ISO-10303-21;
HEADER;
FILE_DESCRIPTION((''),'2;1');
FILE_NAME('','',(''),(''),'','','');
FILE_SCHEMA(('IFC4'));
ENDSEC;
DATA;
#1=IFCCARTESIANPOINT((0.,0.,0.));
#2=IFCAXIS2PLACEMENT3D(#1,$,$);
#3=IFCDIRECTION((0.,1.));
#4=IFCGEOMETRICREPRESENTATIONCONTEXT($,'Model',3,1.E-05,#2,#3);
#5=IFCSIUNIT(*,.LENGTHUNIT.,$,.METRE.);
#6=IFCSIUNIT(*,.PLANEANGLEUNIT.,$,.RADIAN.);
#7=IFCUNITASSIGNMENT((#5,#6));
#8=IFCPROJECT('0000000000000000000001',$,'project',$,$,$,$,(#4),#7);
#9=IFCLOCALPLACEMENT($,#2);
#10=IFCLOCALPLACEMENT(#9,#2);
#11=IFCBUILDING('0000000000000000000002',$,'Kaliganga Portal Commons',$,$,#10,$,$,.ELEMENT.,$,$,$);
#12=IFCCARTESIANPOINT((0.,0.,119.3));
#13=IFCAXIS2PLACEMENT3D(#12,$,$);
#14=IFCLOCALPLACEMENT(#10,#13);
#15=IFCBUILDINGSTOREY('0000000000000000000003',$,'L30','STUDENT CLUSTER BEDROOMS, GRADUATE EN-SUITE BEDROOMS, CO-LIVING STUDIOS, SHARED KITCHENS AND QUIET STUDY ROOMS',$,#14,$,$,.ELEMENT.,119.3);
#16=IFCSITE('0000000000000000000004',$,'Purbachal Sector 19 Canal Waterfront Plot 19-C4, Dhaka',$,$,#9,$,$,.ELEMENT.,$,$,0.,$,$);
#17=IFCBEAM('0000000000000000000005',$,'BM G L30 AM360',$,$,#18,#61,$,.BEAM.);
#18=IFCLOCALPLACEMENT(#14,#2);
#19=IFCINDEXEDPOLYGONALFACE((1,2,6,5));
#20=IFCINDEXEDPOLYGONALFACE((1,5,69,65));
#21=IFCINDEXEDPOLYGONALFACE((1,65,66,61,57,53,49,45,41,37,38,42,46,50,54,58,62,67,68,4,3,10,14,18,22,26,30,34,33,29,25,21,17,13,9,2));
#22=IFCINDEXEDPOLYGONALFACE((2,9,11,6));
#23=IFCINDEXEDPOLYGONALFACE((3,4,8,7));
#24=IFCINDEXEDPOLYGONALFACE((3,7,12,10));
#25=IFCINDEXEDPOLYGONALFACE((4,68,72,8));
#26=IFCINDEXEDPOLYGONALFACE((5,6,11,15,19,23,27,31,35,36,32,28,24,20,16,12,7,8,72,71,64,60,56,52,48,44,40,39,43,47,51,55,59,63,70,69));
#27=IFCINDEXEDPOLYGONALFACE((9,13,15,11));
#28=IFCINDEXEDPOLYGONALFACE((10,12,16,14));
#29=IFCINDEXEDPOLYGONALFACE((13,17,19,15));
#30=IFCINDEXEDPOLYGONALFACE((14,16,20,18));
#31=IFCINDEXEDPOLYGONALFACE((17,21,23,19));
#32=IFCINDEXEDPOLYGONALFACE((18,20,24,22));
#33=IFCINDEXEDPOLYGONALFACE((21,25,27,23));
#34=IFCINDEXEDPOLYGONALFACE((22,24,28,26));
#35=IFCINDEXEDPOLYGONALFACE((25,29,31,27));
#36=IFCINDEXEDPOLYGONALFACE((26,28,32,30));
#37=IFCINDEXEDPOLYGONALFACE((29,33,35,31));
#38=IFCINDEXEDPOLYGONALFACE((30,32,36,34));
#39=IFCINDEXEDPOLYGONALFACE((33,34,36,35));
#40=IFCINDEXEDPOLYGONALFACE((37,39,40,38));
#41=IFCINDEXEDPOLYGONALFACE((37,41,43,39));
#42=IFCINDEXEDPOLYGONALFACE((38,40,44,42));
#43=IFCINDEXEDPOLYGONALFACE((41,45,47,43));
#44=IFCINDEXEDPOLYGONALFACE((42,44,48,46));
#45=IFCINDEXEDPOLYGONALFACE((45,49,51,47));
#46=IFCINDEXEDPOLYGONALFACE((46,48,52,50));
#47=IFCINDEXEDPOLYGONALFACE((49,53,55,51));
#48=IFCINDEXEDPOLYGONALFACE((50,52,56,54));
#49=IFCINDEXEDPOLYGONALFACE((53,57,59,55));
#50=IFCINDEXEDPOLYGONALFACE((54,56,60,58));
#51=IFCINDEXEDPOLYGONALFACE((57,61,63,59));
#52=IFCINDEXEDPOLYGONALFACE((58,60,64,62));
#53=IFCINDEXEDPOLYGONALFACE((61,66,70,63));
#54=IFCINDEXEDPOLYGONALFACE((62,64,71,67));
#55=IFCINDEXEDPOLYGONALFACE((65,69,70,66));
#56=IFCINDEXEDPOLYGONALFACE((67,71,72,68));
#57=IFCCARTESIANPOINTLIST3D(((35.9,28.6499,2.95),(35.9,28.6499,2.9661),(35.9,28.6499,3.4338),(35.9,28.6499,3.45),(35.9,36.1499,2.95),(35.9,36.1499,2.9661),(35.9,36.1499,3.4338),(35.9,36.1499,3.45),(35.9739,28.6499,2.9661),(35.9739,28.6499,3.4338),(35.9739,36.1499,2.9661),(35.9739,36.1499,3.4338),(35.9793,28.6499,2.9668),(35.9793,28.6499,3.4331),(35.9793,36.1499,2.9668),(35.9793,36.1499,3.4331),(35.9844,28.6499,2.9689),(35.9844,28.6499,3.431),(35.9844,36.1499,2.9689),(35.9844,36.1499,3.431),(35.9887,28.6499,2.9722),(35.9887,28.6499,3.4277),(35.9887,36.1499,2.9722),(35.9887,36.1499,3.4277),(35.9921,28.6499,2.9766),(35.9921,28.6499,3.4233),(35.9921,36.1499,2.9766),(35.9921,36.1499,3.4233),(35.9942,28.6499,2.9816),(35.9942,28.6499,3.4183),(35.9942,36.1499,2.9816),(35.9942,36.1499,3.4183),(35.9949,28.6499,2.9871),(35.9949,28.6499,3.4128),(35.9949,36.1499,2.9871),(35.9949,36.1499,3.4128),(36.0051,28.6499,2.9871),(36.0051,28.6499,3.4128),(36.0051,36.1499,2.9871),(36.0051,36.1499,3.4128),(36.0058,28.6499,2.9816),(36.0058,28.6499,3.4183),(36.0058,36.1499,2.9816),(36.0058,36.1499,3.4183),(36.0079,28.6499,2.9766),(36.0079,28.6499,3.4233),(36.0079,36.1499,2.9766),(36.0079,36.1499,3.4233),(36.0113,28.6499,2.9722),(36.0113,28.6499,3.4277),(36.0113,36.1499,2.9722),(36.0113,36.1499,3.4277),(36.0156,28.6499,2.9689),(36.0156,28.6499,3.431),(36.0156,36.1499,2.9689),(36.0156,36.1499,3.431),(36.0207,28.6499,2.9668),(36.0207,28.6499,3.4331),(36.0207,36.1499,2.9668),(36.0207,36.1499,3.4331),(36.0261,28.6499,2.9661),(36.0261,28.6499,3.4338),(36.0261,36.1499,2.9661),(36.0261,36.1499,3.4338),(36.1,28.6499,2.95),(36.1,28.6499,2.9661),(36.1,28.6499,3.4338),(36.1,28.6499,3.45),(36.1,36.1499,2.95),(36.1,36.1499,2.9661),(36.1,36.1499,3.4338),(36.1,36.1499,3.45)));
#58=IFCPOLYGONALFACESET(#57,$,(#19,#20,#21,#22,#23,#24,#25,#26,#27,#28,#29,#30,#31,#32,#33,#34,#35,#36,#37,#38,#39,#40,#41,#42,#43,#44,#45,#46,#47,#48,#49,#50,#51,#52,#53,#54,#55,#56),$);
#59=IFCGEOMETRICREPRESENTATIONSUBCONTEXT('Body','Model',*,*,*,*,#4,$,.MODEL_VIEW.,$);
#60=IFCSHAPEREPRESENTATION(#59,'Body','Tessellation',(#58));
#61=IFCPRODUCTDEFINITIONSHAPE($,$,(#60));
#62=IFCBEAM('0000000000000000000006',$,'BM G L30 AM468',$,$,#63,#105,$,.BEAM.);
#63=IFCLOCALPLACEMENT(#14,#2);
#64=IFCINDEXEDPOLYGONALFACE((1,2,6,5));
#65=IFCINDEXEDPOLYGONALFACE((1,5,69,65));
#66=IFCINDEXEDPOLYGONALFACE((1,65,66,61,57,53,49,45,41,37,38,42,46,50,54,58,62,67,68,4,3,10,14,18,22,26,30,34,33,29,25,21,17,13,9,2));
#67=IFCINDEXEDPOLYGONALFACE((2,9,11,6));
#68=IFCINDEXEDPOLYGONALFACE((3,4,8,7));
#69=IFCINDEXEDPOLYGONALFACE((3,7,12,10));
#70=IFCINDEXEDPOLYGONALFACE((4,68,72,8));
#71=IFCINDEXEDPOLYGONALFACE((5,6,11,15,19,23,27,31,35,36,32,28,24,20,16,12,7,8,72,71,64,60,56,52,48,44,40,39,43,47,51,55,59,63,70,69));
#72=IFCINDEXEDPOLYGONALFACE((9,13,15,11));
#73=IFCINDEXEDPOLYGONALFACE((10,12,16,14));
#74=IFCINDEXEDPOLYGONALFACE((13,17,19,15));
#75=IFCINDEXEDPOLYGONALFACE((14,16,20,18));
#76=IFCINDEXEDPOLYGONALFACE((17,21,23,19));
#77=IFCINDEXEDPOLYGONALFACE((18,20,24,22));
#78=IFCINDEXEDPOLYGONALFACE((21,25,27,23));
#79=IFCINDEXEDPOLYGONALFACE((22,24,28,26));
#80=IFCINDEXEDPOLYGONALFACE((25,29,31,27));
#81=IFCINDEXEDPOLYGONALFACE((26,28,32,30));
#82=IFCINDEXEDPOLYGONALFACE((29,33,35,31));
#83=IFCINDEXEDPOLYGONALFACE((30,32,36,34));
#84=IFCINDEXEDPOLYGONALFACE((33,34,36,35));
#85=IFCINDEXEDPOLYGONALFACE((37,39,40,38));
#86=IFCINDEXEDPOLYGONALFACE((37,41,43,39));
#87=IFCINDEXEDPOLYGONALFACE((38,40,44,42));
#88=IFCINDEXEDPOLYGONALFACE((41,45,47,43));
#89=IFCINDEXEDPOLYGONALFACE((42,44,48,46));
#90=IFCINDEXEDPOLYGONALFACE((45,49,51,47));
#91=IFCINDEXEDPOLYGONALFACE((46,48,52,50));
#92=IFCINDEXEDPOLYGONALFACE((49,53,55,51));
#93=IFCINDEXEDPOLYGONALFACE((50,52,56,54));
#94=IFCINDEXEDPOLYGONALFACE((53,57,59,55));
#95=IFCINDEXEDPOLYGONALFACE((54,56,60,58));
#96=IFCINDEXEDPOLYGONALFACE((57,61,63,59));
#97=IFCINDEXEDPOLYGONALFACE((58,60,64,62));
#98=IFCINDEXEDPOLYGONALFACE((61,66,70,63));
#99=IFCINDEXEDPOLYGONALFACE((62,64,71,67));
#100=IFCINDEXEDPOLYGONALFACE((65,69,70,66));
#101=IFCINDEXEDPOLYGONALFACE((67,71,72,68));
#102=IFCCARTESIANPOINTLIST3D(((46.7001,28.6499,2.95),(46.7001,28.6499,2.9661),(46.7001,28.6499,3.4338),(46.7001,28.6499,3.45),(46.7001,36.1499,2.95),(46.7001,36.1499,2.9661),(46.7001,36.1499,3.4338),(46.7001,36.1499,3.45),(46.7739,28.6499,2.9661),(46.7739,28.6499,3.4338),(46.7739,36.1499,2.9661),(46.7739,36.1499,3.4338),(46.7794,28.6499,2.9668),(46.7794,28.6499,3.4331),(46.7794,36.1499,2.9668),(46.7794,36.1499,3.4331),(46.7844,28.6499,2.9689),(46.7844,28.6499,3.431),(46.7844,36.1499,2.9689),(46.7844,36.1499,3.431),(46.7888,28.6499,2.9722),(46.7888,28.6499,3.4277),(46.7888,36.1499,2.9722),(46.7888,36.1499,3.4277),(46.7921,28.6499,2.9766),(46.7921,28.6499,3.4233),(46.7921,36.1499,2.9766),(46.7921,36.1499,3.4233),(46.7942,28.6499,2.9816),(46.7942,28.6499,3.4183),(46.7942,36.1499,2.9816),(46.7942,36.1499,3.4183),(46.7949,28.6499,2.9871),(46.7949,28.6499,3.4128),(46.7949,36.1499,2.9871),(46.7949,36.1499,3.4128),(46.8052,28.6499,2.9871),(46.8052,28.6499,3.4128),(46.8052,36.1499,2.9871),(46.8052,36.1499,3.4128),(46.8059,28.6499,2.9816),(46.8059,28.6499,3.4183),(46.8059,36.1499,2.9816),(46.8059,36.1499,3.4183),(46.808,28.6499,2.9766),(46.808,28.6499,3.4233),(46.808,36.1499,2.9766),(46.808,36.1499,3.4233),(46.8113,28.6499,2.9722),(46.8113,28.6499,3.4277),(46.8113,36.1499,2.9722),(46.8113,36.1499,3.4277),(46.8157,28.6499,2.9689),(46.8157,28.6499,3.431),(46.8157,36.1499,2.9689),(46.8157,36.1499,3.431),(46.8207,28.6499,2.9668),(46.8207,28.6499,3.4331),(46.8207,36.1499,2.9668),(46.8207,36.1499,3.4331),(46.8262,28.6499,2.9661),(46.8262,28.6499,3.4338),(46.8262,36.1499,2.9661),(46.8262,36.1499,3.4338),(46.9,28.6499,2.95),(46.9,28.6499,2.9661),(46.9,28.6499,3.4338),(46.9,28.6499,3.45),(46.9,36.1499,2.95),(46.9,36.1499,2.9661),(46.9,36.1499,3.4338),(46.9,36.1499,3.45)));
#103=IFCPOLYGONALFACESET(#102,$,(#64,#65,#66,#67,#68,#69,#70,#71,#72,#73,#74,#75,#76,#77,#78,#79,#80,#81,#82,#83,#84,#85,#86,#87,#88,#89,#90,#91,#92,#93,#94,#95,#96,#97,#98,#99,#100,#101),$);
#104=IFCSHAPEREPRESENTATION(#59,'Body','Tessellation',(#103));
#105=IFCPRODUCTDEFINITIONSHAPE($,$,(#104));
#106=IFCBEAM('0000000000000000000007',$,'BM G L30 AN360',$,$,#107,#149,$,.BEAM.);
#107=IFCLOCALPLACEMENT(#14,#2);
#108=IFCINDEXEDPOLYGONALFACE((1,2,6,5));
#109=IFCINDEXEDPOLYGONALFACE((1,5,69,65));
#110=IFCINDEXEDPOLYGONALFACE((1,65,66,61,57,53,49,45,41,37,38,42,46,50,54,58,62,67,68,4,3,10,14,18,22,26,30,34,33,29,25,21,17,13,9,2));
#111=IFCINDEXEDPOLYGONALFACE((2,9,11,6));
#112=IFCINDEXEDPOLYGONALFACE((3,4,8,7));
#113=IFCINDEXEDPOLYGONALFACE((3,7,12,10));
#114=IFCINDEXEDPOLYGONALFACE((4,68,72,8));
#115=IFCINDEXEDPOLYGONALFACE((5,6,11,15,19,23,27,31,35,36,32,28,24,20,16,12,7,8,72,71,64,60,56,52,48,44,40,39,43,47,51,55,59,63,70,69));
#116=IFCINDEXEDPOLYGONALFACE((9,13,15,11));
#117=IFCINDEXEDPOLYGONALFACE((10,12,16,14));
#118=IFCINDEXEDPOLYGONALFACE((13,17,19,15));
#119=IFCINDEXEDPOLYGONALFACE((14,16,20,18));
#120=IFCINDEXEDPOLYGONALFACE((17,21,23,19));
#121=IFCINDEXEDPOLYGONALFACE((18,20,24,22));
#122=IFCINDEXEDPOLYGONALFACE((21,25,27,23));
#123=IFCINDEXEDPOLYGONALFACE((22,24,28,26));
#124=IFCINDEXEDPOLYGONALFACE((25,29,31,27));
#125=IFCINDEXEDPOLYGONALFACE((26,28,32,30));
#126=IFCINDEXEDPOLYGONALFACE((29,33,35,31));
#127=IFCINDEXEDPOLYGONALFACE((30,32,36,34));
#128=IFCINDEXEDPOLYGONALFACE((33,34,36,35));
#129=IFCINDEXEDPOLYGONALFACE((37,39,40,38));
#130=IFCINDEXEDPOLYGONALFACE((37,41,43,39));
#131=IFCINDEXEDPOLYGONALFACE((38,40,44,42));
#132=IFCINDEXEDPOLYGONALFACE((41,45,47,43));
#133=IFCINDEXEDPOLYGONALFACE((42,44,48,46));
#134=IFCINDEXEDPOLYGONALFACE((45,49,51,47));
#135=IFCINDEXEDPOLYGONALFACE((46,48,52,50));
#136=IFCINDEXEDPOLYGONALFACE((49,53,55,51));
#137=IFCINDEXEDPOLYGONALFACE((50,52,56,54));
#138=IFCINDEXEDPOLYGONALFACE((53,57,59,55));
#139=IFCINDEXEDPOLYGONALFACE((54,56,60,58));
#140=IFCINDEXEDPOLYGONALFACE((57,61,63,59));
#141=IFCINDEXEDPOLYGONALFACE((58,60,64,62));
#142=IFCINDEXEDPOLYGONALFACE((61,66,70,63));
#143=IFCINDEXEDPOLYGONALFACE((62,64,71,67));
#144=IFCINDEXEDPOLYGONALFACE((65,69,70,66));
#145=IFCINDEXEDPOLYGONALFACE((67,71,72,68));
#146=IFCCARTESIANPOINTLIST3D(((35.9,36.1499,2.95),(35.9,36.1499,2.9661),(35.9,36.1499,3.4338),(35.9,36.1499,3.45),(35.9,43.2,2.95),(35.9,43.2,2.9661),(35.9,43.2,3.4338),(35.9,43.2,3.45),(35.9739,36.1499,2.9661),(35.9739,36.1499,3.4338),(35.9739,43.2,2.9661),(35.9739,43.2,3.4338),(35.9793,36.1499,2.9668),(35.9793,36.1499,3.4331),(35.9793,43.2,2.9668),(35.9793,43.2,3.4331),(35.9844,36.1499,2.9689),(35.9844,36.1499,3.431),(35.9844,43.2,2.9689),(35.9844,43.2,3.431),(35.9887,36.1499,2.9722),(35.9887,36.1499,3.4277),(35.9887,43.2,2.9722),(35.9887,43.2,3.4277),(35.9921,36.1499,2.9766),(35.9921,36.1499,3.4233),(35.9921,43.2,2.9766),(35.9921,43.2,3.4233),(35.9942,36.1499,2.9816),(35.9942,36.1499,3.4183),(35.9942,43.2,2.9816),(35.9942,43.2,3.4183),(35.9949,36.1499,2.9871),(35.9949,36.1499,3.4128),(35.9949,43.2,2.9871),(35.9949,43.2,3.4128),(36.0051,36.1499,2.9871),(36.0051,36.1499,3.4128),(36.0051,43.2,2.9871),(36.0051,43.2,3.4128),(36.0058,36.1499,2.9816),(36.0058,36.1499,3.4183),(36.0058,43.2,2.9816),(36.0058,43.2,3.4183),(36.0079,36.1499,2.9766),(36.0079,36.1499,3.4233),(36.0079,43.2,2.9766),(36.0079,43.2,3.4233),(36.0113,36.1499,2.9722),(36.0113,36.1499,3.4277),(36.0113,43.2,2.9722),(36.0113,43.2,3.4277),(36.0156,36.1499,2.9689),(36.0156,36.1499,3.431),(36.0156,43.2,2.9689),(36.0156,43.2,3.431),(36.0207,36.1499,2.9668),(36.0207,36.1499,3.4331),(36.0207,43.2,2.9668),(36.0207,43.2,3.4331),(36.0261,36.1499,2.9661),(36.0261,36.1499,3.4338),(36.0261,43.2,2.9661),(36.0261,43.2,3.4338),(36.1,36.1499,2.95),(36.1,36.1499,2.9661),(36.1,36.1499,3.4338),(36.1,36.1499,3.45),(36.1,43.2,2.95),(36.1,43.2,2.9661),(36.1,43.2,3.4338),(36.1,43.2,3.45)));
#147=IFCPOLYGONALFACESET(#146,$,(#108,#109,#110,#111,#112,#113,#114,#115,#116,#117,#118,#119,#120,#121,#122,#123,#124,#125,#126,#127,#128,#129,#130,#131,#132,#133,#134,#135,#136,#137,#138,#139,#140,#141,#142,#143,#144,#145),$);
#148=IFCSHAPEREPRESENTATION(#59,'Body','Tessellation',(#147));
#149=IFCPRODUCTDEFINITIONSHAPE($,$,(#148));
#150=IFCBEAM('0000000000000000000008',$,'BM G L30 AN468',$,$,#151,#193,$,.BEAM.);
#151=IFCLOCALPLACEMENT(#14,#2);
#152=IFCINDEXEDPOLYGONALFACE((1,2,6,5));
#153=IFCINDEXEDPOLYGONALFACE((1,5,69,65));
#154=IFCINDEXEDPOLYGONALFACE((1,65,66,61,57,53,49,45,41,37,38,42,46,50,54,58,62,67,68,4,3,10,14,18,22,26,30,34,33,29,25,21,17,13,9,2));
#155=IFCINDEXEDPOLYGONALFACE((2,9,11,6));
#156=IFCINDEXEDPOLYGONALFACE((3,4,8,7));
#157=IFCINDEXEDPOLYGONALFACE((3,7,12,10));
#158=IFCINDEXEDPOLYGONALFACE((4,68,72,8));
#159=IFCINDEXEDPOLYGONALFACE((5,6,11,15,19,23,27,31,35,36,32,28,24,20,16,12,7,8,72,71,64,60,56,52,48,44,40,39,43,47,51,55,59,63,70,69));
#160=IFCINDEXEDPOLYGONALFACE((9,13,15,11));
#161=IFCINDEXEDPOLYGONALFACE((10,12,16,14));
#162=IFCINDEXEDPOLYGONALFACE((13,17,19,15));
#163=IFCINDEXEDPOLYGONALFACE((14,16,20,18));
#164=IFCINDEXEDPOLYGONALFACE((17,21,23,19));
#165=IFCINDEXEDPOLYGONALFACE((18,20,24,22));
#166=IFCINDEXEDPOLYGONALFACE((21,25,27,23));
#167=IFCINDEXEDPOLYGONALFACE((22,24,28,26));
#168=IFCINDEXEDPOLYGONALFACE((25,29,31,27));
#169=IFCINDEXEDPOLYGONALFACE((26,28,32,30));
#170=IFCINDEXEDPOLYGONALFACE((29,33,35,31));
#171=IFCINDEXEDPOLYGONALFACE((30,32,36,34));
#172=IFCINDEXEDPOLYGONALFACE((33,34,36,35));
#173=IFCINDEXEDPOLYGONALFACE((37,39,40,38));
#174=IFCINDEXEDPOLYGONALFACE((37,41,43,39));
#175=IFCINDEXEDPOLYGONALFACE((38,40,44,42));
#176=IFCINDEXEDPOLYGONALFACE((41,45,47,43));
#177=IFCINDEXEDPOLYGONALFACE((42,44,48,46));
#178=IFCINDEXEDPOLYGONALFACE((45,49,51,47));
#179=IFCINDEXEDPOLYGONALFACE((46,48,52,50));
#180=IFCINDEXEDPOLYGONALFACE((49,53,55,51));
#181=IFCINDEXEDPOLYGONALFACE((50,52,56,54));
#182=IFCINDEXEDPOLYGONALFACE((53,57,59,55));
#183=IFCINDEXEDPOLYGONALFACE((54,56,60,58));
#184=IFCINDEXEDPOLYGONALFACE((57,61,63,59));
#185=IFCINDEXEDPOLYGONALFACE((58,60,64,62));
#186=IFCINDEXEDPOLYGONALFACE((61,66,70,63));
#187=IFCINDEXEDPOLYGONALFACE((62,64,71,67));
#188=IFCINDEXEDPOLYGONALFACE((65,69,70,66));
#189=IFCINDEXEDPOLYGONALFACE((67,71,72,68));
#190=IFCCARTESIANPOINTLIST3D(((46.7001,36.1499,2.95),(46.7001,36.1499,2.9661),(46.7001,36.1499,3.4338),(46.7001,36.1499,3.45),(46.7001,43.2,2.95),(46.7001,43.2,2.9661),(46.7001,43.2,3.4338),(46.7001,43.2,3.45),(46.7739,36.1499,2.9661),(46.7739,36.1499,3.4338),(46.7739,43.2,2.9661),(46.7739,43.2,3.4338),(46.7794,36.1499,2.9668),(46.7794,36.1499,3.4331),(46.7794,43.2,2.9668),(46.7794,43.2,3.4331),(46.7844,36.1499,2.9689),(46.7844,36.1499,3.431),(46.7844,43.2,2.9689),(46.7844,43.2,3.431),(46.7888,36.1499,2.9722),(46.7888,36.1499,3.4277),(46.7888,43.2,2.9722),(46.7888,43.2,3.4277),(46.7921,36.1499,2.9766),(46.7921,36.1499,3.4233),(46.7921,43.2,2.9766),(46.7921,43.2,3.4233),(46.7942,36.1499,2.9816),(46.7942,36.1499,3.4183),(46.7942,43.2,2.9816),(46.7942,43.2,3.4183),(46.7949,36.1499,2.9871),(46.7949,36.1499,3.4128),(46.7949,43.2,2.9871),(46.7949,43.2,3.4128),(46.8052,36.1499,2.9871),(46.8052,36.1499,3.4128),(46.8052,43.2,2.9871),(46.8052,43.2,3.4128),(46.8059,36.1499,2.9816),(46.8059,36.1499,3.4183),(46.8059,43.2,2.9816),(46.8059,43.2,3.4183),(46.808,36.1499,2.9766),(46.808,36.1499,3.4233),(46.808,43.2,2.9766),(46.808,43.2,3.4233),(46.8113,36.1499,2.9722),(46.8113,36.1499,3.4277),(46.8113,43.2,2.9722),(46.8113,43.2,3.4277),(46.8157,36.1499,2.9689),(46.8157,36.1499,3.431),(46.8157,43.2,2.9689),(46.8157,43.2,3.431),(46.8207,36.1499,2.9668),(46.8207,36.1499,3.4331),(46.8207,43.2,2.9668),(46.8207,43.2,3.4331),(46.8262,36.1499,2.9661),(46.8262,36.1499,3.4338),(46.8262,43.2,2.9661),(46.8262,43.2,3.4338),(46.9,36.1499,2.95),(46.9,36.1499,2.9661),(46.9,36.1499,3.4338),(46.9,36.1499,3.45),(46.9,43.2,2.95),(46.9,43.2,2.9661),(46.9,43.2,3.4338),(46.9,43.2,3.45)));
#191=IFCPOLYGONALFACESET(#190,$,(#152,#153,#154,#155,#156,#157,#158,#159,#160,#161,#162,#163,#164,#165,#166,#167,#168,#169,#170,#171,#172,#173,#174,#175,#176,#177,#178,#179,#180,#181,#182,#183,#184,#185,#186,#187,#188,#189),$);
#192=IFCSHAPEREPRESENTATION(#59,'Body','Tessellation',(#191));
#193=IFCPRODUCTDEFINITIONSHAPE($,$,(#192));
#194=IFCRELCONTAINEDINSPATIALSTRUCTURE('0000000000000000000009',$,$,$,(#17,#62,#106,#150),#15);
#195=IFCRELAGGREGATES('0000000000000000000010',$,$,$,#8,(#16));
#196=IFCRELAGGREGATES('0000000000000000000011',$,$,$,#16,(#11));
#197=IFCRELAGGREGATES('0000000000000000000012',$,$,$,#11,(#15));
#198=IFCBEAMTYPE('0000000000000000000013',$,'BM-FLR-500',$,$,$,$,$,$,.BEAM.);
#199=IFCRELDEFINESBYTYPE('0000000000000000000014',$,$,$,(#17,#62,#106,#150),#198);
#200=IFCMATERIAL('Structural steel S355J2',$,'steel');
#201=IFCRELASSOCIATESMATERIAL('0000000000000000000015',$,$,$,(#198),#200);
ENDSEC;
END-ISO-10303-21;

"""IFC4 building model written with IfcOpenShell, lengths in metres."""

from ifc_helpers import new_model, si_unit, direction, frame, origin, origin_2d, place, context, subcontext, project, spatial, i_section, extrude, source, transform, mapped, material, material_profile, profile_set, type_object, element, save


model = new_model("IFC4")

# Units and contexts
model_context = context("Model", 3, precision=1e-05, world=origin(), true_north=direction((0.0, 1.0)))
body_context = subcontext(model_context, "Body", "Model", "MODEL_VIEW")
ifc_project = project(units=[si_unit("LENGTHUNIT", "METRE"), si_unit("PLANEANGLEUNIT", "RADIAN")], contexts=[model_context])

# Site, building, storey
site_placement = place(None, origin())
site = spatial("IfcSite", under=ifc_project, at=site_placement, Name="Purbachal Sector 19 Canal Waterfront Plot 19-C4, Dhaka", CompositionType="ELEMENT", RefElevation=0.0)
building_placement = place(site_placement, origin())
building = spatial("IfcBuilding", under=site, at=building_placement, Name="Kaliganga Portal Commons", CompositionType="ELEMENT")
storey_placement = place(building_placement, frame((0.0, 0.0, 119.3)))
storey = spatial("IfcBuildingStorey", under=building, at=storey_placement, Name="L30", Description="STUDENT CLUSTER BEDROOMS, GRADUATE EN-SUITE BEDROOMS, CO-LIVING STUDIOS, SHARED KITCHENS AND QUIET STUDY ROOMS", CompositionType="ELEMENT", Elevation=119.3)

# Beams
ifc_material_1 = material(Name="Structural steel S355J2", Category="steel")
ifc_material_profile_1 = material_profile(ifc_material_1, i_section(OverallWidth=0.2, OverallDepth=0.5, WebThickness=0.0103, FlangeThickness=0.0161, FilletRadius=0.021, at=origin_2d()), Name="IPE 500")
ifc_profile_set_1 = profile_set([ifc_material_profile_1], Name="Structural steel S355J2 wide-flange")
beam_type_1 = type_object("IfcBeamType", Name="BM-FLR-500", PredefinedType="BEAM", material=ifc_profile_set_1)
shared_shape_1 = source(origin(), body_context, "Body", "SweptSolid", [
    extrude(i_section(OverallWidth=0.2, OverallDepth=0.5, WebThickness=0.0103, FlangeThickness=0.0161, FilletRadius=0.021, at=origin_2d()), origin(), (0.0, 0.0, 1.0), 7.5),
])
for number, where, z_axis, x_axis, name in (
    (1, (36.0, 28.6499, 3.2), (0.0, 1.0, 0.0), (-1.0, 0.0, 0.0), "BM G L30 AM360"),
    (2, (46.8, 28.6499, 3.2), (0.0, 1.0, 0.0), (-1.0, 0.0, 0.0), "BM G L30 AM468"),
):
    element("IfcBeam", number, at=place(storey_placement, frame(where, z_axis=z_axis, x_axis=x_axis)), inside=storey, type_object=beam_type_1, Name=name, PredefinedType="BEAM", context=body_context, shape_type="MappedRepresentation", body=[
        mapped(shared_shape_1, transform((0.0, 0.0, 0.0), x_axis=(1.0, 0.0, 0.0), y_axis=(0.0, 1.0, 0.0), z_axis=(0.0, 0.0, 1.0), scale=1.0)),
    ])
shared_shape_2 = source(origin(), body_context, "Body", "SweptSolid", [
    extrude(i_section(OverallWidth=0.2, OverallDepth=0.5, WebThickness=0.0103, FlangeThickness=0.0161, FilletRadius=0.021, at=origin_2d()), origin(), (0.0, 0.0, 1.0), 7.05),
])
for number, where, z_axis, x_axis, name in (
    (3, (36.0, 36.1499, 3.2), (0.0, 1.0, 0.0), (-1.0, 0.0, 0.0), "BM G L30 AN360"),
    (4, (46.8, 36.1499, 3.2), (0.0, 1.0, 0.0), (-1.0, 0.0, 0.0), "BM G L30 AN468"),
):
    element("IfcBeam", number, at=place(storey_placement, frame(where, z_axis=z_axis, x_axis=x_axis)), inside=storey, type_object=beam_type_1, Name=name, PredefinedType="BEAM", context=body_context, shape_type="MappedRepresentation", body=[
        mapped(shared_shape_2, transform((0.0, 0.0, 0.0), x_axis=(1.0, 0.0, 0.0), y_axis=(0.0, 1.0, 0.0), z_axis=(0.0, 0.0, 1.0), scale=1.0)),
    ])

save(model, "model.ifc")
